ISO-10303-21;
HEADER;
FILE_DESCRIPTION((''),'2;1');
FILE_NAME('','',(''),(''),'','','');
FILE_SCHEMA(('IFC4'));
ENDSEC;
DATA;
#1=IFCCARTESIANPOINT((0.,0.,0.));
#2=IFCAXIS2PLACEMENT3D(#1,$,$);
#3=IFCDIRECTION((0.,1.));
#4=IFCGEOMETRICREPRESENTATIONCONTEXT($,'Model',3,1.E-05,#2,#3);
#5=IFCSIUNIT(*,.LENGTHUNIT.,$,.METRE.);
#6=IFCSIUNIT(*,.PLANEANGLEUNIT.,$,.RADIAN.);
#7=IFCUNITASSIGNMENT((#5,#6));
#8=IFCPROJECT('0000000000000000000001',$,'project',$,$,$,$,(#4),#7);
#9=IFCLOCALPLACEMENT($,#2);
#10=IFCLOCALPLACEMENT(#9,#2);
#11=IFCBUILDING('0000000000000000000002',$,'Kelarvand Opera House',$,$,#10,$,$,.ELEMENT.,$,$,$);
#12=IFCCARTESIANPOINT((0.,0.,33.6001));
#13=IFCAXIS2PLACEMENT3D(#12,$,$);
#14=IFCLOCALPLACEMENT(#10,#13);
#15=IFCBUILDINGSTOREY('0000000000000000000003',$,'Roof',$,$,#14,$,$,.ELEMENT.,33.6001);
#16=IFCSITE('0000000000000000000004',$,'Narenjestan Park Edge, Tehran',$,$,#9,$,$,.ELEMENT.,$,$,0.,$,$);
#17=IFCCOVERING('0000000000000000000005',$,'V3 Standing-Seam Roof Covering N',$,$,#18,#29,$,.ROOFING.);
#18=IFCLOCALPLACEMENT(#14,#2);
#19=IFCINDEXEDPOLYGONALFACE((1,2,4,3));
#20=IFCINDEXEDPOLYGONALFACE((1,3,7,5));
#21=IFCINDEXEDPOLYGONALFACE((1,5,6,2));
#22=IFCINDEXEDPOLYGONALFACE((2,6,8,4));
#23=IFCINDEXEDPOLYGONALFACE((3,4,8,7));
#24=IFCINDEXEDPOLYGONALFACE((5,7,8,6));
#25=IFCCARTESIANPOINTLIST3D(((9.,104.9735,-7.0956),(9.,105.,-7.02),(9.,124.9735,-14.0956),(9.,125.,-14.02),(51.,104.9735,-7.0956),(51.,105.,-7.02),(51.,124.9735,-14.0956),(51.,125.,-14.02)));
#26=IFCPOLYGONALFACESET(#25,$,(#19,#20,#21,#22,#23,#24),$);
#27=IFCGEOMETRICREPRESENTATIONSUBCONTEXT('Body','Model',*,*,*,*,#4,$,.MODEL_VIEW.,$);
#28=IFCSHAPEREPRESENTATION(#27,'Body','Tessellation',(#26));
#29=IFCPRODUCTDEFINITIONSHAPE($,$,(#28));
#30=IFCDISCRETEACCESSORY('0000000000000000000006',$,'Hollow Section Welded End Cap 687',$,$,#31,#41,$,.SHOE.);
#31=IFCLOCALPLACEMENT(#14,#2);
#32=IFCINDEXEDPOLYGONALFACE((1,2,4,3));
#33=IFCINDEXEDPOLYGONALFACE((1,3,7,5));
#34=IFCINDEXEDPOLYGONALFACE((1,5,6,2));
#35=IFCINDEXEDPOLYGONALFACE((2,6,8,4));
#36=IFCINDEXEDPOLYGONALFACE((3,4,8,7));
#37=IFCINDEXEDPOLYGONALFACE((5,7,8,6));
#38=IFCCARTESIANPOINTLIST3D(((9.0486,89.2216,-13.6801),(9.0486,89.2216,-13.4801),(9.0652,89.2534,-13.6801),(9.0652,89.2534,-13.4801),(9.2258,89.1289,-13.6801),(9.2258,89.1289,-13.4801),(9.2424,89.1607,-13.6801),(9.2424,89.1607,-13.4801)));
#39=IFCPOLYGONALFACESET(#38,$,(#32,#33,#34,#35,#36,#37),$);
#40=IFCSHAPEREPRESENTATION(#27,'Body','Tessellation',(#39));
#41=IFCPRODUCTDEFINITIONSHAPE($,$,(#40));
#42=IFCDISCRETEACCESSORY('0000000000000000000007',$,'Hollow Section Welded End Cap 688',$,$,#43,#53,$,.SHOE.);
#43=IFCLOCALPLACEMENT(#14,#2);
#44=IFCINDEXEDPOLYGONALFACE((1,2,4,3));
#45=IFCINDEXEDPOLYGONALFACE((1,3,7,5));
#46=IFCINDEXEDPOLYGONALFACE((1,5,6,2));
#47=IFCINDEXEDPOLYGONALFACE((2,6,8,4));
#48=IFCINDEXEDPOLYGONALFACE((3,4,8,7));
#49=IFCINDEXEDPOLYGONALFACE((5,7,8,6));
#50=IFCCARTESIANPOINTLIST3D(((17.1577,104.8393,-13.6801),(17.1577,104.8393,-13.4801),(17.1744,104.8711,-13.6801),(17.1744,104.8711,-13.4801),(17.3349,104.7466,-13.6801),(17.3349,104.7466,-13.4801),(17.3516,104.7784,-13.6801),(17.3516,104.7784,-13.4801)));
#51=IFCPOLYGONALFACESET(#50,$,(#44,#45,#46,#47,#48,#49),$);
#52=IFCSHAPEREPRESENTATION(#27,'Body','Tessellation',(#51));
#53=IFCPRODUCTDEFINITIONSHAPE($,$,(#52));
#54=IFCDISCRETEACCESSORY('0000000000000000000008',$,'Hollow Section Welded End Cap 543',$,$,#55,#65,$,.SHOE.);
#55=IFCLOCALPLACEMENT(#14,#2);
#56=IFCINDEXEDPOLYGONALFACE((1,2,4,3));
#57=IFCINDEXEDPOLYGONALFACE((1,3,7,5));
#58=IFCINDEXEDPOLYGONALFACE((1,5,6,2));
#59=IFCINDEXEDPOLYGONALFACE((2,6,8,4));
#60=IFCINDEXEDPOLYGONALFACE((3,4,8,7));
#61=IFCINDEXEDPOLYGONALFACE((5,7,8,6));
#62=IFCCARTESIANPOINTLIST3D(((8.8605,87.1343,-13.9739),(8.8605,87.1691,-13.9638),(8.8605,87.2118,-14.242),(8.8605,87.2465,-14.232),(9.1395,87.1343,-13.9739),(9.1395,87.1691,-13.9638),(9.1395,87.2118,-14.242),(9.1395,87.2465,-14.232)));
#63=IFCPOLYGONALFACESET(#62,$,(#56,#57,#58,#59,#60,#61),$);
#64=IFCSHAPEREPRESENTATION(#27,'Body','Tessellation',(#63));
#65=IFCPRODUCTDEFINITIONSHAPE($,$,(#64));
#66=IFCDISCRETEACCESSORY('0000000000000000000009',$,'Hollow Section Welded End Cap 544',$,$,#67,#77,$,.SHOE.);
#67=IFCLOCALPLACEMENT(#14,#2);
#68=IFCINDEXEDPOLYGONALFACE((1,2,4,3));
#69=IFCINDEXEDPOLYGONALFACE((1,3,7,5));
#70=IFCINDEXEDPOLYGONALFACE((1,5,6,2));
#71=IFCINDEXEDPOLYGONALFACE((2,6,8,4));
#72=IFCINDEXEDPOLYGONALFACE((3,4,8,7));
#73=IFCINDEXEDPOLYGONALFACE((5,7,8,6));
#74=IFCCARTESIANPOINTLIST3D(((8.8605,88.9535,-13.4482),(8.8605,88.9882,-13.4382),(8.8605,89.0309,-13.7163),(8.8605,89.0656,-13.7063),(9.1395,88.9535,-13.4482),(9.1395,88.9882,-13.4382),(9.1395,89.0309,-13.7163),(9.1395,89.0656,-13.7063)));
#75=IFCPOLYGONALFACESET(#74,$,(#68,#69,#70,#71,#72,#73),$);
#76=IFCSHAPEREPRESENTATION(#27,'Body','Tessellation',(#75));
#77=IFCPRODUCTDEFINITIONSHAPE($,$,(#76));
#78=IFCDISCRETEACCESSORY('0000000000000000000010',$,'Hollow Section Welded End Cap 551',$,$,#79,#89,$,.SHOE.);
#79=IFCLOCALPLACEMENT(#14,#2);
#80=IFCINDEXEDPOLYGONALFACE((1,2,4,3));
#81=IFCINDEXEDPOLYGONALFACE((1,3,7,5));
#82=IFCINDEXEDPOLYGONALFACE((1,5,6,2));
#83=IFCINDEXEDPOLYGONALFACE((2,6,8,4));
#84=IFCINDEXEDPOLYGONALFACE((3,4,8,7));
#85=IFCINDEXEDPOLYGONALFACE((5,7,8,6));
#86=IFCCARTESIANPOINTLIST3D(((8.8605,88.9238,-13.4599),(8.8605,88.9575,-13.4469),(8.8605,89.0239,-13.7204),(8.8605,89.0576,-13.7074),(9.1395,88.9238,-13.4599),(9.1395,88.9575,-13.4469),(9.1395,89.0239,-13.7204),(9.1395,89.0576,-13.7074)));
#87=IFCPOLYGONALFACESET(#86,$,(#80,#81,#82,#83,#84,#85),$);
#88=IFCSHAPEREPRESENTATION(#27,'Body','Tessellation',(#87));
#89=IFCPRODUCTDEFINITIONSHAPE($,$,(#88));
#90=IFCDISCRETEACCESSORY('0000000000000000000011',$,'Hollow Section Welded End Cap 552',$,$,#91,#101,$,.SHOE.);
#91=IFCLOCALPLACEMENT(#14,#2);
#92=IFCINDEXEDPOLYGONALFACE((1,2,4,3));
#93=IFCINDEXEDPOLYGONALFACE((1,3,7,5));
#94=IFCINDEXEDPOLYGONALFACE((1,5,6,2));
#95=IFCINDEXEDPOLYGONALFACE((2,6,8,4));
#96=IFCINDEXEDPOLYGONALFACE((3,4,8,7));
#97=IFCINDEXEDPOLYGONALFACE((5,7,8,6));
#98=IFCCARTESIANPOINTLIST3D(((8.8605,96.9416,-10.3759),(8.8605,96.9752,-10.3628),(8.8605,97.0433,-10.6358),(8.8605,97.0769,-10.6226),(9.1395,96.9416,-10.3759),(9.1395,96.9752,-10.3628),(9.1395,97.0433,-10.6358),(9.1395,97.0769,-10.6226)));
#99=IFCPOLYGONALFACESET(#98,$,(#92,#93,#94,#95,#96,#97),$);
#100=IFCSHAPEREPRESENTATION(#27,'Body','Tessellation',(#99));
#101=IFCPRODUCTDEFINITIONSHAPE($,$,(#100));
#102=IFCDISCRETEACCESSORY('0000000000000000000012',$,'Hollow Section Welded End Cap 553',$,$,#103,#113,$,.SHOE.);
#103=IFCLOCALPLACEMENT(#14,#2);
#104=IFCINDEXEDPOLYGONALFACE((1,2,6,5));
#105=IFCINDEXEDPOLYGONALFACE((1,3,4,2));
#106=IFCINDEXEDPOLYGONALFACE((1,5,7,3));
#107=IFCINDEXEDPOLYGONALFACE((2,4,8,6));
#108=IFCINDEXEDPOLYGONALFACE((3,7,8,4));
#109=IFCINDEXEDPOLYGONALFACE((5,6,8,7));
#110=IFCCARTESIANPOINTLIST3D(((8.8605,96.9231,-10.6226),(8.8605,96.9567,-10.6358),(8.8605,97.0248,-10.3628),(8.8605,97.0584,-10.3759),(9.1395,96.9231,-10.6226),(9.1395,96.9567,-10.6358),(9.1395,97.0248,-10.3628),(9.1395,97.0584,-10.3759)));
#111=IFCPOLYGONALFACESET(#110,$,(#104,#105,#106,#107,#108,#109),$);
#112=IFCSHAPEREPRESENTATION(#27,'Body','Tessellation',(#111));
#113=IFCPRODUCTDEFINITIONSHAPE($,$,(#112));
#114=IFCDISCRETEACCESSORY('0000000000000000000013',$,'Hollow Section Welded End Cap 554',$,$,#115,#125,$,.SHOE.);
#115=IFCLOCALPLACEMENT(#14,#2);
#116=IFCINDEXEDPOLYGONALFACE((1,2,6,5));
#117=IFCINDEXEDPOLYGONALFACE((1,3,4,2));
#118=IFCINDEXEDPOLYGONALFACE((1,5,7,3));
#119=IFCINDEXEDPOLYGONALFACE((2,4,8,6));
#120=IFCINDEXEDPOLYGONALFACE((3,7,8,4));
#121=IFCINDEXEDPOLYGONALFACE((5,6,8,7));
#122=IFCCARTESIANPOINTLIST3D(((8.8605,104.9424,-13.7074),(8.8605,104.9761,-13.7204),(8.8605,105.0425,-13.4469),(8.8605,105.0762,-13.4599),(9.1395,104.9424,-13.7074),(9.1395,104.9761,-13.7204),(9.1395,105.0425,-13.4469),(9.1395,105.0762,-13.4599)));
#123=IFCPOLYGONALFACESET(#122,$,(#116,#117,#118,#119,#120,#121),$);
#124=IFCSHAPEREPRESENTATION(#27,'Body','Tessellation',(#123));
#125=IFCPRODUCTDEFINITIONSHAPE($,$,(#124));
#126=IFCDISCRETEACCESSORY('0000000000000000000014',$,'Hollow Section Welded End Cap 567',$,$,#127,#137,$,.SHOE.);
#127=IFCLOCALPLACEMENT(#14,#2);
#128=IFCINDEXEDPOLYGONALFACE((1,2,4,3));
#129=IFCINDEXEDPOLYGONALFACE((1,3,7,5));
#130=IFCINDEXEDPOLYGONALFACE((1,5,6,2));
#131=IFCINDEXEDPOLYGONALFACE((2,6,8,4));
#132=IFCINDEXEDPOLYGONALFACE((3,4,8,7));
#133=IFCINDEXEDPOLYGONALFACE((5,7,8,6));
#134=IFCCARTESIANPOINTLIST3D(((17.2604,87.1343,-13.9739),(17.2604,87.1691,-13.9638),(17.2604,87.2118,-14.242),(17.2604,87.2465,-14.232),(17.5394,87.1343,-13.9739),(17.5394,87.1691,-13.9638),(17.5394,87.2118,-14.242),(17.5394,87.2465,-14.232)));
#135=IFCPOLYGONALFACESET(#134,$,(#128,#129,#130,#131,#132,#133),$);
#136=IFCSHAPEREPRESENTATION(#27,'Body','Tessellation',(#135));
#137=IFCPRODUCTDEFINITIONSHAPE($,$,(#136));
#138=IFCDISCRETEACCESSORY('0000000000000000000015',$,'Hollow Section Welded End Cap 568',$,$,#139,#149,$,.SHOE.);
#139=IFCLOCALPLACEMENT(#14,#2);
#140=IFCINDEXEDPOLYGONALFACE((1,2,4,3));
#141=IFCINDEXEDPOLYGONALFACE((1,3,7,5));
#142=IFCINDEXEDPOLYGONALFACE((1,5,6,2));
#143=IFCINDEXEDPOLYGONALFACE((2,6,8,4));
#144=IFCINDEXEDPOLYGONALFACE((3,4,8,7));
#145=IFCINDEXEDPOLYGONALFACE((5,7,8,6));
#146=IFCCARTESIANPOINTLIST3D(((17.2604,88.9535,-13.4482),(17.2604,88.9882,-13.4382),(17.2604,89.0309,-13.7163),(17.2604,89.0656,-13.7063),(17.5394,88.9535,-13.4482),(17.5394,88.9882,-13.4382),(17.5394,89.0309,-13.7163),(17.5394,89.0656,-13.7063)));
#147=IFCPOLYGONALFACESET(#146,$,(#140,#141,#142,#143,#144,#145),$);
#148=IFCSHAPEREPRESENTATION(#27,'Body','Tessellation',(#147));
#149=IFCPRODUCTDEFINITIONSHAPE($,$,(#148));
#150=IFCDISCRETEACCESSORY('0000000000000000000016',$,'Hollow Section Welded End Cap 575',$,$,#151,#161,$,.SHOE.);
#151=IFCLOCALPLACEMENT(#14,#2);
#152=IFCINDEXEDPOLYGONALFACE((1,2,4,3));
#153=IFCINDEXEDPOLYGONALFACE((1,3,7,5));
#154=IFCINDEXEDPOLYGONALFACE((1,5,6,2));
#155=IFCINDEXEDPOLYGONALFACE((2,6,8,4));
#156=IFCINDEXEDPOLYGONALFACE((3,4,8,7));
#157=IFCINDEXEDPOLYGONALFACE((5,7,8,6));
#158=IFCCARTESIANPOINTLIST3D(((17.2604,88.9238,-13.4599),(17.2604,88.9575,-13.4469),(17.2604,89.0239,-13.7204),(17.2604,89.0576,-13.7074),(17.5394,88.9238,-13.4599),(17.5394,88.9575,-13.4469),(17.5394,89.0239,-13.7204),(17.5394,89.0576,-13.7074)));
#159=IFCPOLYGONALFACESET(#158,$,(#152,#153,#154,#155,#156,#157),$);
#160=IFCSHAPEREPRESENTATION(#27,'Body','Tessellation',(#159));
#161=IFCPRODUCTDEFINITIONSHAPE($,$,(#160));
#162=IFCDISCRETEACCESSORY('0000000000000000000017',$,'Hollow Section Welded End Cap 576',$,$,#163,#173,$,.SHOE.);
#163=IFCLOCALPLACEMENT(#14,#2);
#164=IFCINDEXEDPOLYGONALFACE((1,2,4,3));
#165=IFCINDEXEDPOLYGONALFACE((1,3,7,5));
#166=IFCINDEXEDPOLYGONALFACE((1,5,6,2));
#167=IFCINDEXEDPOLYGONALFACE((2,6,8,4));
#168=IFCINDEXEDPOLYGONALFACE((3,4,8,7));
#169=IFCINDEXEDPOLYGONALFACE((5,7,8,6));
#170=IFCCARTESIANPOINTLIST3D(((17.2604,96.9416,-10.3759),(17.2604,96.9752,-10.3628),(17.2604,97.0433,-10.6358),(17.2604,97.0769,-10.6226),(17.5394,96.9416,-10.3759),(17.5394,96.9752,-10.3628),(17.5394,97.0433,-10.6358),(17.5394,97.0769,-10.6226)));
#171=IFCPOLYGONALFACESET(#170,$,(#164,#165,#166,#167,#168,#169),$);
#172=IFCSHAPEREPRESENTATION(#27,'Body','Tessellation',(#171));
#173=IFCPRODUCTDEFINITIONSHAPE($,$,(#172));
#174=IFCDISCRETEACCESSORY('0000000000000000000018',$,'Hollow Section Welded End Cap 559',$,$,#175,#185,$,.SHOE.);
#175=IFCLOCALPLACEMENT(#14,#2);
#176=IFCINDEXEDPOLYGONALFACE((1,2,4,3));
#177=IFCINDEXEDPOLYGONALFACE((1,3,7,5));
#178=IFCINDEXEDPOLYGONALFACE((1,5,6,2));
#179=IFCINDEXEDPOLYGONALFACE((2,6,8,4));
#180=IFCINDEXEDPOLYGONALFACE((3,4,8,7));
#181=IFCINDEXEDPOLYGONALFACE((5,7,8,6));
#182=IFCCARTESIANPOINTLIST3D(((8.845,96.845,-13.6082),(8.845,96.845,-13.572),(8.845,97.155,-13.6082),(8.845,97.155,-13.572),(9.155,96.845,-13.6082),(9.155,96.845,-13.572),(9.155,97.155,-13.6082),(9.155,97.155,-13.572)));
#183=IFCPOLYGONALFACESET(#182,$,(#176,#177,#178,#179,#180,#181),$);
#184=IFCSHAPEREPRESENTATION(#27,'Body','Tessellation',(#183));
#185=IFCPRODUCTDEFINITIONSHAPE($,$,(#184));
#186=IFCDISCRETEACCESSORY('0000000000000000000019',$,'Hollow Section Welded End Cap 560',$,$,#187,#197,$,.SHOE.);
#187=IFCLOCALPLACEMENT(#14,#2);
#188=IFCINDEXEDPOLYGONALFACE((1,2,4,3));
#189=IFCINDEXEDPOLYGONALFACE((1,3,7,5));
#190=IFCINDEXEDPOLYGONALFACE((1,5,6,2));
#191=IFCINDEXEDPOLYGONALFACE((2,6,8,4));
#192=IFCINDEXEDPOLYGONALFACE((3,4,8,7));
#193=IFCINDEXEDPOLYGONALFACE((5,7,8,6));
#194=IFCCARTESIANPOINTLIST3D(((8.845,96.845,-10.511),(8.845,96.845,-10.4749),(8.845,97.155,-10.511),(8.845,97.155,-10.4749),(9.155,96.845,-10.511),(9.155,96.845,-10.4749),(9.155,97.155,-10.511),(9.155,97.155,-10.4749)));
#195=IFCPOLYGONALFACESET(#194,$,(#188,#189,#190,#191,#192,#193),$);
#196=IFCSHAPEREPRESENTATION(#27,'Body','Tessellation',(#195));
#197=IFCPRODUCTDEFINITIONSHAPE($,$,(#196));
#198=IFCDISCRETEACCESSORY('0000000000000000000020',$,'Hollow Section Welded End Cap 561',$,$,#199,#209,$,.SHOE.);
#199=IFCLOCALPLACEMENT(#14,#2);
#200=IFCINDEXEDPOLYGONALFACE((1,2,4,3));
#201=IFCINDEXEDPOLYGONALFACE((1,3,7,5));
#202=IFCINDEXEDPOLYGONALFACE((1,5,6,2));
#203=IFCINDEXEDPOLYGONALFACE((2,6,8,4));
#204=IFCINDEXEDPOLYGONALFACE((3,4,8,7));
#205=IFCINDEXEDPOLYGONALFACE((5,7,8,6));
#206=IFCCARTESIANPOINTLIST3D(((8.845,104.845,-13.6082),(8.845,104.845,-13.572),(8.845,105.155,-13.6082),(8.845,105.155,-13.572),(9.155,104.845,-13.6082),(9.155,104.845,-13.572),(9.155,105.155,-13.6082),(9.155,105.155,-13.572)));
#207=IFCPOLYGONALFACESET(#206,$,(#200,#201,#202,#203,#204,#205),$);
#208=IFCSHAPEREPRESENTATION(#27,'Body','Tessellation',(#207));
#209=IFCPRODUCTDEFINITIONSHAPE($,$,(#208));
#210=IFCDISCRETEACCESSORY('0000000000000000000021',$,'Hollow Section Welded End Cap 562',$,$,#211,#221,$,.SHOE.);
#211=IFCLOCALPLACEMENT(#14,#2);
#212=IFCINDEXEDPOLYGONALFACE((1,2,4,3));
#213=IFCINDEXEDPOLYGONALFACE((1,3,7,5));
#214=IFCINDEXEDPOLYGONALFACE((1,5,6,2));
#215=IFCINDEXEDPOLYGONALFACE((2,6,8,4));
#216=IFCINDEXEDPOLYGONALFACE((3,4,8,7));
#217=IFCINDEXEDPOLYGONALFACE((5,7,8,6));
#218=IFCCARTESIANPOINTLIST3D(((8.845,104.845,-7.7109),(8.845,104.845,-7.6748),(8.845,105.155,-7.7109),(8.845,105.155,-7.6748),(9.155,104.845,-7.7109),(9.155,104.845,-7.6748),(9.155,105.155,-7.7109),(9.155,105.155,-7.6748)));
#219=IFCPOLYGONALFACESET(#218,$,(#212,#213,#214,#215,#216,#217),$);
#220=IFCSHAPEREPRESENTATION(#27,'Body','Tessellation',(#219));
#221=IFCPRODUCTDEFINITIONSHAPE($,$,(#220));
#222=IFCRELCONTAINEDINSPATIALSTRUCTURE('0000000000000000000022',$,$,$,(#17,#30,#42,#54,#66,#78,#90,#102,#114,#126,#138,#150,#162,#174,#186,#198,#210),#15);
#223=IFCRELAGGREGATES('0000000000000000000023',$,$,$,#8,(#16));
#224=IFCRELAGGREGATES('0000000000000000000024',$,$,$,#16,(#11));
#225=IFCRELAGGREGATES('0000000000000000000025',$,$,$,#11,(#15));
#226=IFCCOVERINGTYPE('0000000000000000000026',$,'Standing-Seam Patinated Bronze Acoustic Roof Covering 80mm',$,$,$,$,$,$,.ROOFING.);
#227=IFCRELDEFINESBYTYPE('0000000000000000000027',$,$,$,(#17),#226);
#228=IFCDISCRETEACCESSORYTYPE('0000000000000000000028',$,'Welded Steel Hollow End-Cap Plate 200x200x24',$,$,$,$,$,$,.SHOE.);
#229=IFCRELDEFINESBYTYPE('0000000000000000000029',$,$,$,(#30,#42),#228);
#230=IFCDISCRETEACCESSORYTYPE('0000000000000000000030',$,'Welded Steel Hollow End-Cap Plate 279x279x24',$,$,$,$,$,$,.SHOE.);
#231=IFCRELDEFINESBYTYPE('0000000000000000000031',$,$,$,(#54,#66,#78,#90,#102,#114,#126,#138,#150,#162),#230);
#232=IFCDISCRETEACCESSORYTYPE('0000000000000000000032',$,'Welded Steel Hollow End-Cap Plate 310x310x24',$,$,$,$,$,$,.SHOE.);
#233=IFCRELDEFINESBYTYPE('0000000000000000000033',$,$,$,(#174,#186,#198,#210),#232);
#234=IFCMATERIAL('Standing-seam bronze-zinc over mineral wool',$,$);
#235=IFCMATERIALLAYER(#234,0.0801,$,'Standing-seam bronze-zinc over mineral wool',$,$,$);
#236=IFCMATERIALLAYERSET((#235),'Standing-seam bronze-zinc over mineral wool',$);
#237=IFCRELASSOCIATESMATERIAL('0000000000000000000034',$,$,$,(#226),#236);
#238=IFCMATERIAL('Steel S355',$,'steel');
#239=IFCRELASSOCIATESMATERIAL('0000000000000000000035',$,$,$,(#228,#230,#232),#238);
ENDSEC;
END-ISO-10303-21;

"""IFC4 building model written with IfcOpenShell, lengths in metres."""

from ifc_helpers import new_model, si_unit, direction, frame, origin, origin_2d, place, context, subcontext, project, spatial, polyline, rectangle, outline, extrude, material, layer, layer_set, material_profile, profile_set, type_object, element, save


model = new_model("IFC4")

# Units and contexts
model_context = context("Model", 3, precision=1e-05, world=origin(), true_north=direction((0.0, 1.0)))
body_context = subcontext(model_context, "Body", "Model", "MODEL_VIEW")
ifc_project = project(units=[si_unit("LENGTHUNIT", "METRE"), si_unit("PLANEANGLEUNIT", "RADIAN")], contexts=[model_context])

# Site, building, storey
site_placement = place(None, origin())
site = spatial("IfcSite", under=ifc_project, at=site_placement, Name="Narenjestan Park Edge, Tehran", CompositionType="ELEMENT", RefElevation=0.0)
building_placement = place(site_placement, origin())
building = spatial("IfcBuilding", under=site, at=building_placement, Name="Kelarvand Opera House", CompositionType="ELEMENT")
storey_placement = place(building_placement, frame((0.0, 0.0, 33.6001)))
storey = spatial("IfcBuildingStorey", under=building, at=storey_placement, Name="Roof", CompositionType="ELEMENT", Elevation=33.6001)

# Shared definitions
ifc_material_1 = material(Name="Steel S355", Category="steel")

# Covering
ifc_material_2 = material(Name="Standing-seam bronze-zinc over mineral wool")
ifc_layer_1 = layer(ifc_material_2, 0.0801, Name="Standing-seam bronze-zinc over mineral wool")
ifc_layer_set_1 = layer_set([ifc_layer_1], Name="Standing-seam bronze-zinc over mineral wool")
covering_type = type_object("IfcCoveringType", Name="Standing-Seam Patinated Bronze Acoustic Roof Covering 80mm", PredefinedType="ROOFING", material=ifc_layer_set_1)
covering_placement = place(storey_placement, frame((9.0, 105.0, -7.02), z_axis=(0.0, 0.33035, 0.943858), x_axis=(1.0, 0.0, 0.0)))
element("IfcCovering", 1, at=covering_placement, inside=storey, type_object=covering_type, Name="V3 Standing-Seam Roof Covering N", PredefinedType="ROOFING", context=body_context, shape_type="SweptSolid", body=[
    extrude(outline(polyline([(0.0, 0.0), (42.0, 0.0), (42.0, 21.1896), (0.0, 21.1896), (0.0, 0.0)])), origin(), (0.0, 0.0, -1.0), 0.0801),
])

# Discrete accessories
ifc_material_profile_1 = material_profile(ifc_material_1, rectangle(XDim=0.2, YDim=0.2, at=origin_2d()), Name="Welded Steel Hollow End-Cap Plate 200x200x24", Category="steel")
ifc_profile_set_1 = profile_set([ifc_material_profile_1], Name="Steel S355")
discrete_accessory_type_1 = type_object("IfcDiscreteAccessoryType", Name="Welded Steel Hollow End-Cap Plate 200x200x24", PredefinedType="SHOE", material=ifc_profile_set_1)
for number, where, z_axis, x_axis, name in (
    (2, (9.1538, 89.207, -13.5801), (-0.463498, -0.886098, 0.0), (0.886098, -0.463498, 0.0), "Hollow Section Welded End Cap 687"),
    (3, (17.2463, 104.793, -13.5801), (0.463498, 0.886098, 0.0), (-0.886098, 0.463498, 0.0), "Hollow Section Welded End Cap 688"),
):
    element("IfcDiscreteAccessory", number, at=place(storey_placement, frame(where, z_axis=z_axis, x_axis=x_axis)), inside=storey, type_object=discrete_accessory_type_1, Name=name, PredefinedType="SHOE", context=body_context, shape_type="SweptSolid", body=[
        extrude(rectangle(XDim=0.2, YDim=0.2, at=origin_2d()), origin(), (0.0, 0.0, 1.0), 0.0359),
    ])
ifc_material_profile_2 = material_profile(ifc_material_1, rectangle(XDim=0.2791, YDim=0.2791, at=origin_2d()), Name="Welded Steel Hollow End-Cap Plate 279x279x24", Category="steel")
ifc_profile_set_2 = profile_set([ifc_material_profile_2], Name="Steel S355")
discrete_accessory_type_2 = type_object("IfcDiscreteAccessoryType", Name="Welded Steel Hollow End-Cap Plate 279x279x24", PredefinedType="SHOE", material=ifc_profile_set_2)
for number, where, z_axis, x_axis, name in (
    (4, (9.0, 87.2078, -14.0979), (0.0, -0.960754, -0.277401), (1.0, 0.0, 0.0), "Hollow Section Welded End Cap 543"),
    (5, (9.0, 88.9922, -13.5823), (0.0, 0.960754, 0.277401), (-1.0, 0.0, 0.0), "Hollow Section Welded End Cap 544"),
    (6, (9.0, 89.0076, -13.5771), (0.0, -0.93352, -0.358526), (1.0, 0.0, 0.0), "Hollow Section Welded End Cap 551"),
    (7, (9.0, 96.9924, -10.5059), (0.0, 0.931243, 0.364399), (-1.0, 0.0, 0.0), "Hollow Section Welded End Cap 552"),
    (8, (9.0, 97.0076, -10.5059), (0.0, -0.931243, 0.364399), (1.0, 0.0, 0.0), "Hollow Section Welded End Cap 553"),
    (9, (9.0, 104.9924, -13.5771), (0.0, 0.93352, -0.358526), (-1.0, 0.0, 0.0), "Hollow Section Welded End Cap 554"),
    (10, (17.3999, 87.2078, -14.0979), (0.0, -0.960754, -0.277401), (1.0, 0.0, 0.0), "Hollow Section Welded End Cap 567"),
    (11, (17.3999, 88.9922, -13.5823), (0.0, 0.960754, 0.277401), (-1.0, 0.0, 0.0), "Hollow Section Welded End Cap 568"),
    (12, (17.3999, 89.0076, -13.5771), (0.0, -0.93352, -0.358526), (1.0, 0.0, 0.0), "Hollow Section Welded End Cap 575"),
    (13, (17.3999, 96.9924, -10.5059), (0.0, 0.931243, 0.364399), (-1.0, 0.0, 0.0), "Hollow Section Welded End Cap 576"),
):
    element("IfcDiscreteAccessory", number, at=place(storey_placement, frame(where, z_axis=z_axis, x_axis=x_axis)), inside=storey, type_object=discrete_accessory_type_2, Name=name, PredefinedType="SHOE", context=body_context, shape_type="SweptSolid", body=[
        extrude(rectangle(XDim=0.2791, YDim=0.2791, at=origin_2d()), origin(), (0.0, 0.0, 1.0), 0.0361),
    ])
ifc_material_profile_3 = material_profile(ifc_material_1, rectangle(XDim=0.3101, YDim=0.3101, at=origin_2d()), Name="Welded Steel Hollow End-Cap Plate 310x310x24", Category="steel")
ifc_profile_set_3 = profile_set([ifc_material_profile_3], Name="Steel S355")
discrete_accessory_type_3 = type_object("IfcDiscreteAccessoryType", Name="Welded Steel Hollow End-Cap Plate 310x310x24", PredefinedType="SHOE", material=ifc_profile_set_3)
for number, where, z_axis, x_axis, name in (
    (14, (9.0, 97.0, -13.572), (0.0, 0.0, -1.0), (1.0, 0.0, 0.0), "Hollow Section Welded End Cap 559"),
    (15, (9.0, 97.0, -10.511), (0.0, 0.0, 1.0), (1.0, 0.0, 0.0), "Hollow Section Welded End Cap 560"),
    (16, (9.0, 105.0, -13.572), (0.0, 0.0, -1.0), (1.0, 0.0, 0.0), "Hollow Section Welded End Cap 561"),
    (17, (9.0, 105.0, -7.7109), (0.0, 0.0, 1.0), (1.0, 0.0, 0.0), "Hollow Section Welded End Cap 562"),
):
    element("IfcDiscreteAccessory", number, at=place(storey_placement, frame(where, z_axis=z_axis, x_axis=x_axis)), inside=storey, type_object=discrete_accessory_type_3, Name=name, PredefinedType="SHOE", context=body_context, shape_type="SweptSolid", body=[
        extrude(rectangle(XDim=0.3101, YDim=0.3101, at=origin_2d()), origin(), (0.0, 0.0, 1.0), 0.0361),
    ])

save(model, "model.ifc")
